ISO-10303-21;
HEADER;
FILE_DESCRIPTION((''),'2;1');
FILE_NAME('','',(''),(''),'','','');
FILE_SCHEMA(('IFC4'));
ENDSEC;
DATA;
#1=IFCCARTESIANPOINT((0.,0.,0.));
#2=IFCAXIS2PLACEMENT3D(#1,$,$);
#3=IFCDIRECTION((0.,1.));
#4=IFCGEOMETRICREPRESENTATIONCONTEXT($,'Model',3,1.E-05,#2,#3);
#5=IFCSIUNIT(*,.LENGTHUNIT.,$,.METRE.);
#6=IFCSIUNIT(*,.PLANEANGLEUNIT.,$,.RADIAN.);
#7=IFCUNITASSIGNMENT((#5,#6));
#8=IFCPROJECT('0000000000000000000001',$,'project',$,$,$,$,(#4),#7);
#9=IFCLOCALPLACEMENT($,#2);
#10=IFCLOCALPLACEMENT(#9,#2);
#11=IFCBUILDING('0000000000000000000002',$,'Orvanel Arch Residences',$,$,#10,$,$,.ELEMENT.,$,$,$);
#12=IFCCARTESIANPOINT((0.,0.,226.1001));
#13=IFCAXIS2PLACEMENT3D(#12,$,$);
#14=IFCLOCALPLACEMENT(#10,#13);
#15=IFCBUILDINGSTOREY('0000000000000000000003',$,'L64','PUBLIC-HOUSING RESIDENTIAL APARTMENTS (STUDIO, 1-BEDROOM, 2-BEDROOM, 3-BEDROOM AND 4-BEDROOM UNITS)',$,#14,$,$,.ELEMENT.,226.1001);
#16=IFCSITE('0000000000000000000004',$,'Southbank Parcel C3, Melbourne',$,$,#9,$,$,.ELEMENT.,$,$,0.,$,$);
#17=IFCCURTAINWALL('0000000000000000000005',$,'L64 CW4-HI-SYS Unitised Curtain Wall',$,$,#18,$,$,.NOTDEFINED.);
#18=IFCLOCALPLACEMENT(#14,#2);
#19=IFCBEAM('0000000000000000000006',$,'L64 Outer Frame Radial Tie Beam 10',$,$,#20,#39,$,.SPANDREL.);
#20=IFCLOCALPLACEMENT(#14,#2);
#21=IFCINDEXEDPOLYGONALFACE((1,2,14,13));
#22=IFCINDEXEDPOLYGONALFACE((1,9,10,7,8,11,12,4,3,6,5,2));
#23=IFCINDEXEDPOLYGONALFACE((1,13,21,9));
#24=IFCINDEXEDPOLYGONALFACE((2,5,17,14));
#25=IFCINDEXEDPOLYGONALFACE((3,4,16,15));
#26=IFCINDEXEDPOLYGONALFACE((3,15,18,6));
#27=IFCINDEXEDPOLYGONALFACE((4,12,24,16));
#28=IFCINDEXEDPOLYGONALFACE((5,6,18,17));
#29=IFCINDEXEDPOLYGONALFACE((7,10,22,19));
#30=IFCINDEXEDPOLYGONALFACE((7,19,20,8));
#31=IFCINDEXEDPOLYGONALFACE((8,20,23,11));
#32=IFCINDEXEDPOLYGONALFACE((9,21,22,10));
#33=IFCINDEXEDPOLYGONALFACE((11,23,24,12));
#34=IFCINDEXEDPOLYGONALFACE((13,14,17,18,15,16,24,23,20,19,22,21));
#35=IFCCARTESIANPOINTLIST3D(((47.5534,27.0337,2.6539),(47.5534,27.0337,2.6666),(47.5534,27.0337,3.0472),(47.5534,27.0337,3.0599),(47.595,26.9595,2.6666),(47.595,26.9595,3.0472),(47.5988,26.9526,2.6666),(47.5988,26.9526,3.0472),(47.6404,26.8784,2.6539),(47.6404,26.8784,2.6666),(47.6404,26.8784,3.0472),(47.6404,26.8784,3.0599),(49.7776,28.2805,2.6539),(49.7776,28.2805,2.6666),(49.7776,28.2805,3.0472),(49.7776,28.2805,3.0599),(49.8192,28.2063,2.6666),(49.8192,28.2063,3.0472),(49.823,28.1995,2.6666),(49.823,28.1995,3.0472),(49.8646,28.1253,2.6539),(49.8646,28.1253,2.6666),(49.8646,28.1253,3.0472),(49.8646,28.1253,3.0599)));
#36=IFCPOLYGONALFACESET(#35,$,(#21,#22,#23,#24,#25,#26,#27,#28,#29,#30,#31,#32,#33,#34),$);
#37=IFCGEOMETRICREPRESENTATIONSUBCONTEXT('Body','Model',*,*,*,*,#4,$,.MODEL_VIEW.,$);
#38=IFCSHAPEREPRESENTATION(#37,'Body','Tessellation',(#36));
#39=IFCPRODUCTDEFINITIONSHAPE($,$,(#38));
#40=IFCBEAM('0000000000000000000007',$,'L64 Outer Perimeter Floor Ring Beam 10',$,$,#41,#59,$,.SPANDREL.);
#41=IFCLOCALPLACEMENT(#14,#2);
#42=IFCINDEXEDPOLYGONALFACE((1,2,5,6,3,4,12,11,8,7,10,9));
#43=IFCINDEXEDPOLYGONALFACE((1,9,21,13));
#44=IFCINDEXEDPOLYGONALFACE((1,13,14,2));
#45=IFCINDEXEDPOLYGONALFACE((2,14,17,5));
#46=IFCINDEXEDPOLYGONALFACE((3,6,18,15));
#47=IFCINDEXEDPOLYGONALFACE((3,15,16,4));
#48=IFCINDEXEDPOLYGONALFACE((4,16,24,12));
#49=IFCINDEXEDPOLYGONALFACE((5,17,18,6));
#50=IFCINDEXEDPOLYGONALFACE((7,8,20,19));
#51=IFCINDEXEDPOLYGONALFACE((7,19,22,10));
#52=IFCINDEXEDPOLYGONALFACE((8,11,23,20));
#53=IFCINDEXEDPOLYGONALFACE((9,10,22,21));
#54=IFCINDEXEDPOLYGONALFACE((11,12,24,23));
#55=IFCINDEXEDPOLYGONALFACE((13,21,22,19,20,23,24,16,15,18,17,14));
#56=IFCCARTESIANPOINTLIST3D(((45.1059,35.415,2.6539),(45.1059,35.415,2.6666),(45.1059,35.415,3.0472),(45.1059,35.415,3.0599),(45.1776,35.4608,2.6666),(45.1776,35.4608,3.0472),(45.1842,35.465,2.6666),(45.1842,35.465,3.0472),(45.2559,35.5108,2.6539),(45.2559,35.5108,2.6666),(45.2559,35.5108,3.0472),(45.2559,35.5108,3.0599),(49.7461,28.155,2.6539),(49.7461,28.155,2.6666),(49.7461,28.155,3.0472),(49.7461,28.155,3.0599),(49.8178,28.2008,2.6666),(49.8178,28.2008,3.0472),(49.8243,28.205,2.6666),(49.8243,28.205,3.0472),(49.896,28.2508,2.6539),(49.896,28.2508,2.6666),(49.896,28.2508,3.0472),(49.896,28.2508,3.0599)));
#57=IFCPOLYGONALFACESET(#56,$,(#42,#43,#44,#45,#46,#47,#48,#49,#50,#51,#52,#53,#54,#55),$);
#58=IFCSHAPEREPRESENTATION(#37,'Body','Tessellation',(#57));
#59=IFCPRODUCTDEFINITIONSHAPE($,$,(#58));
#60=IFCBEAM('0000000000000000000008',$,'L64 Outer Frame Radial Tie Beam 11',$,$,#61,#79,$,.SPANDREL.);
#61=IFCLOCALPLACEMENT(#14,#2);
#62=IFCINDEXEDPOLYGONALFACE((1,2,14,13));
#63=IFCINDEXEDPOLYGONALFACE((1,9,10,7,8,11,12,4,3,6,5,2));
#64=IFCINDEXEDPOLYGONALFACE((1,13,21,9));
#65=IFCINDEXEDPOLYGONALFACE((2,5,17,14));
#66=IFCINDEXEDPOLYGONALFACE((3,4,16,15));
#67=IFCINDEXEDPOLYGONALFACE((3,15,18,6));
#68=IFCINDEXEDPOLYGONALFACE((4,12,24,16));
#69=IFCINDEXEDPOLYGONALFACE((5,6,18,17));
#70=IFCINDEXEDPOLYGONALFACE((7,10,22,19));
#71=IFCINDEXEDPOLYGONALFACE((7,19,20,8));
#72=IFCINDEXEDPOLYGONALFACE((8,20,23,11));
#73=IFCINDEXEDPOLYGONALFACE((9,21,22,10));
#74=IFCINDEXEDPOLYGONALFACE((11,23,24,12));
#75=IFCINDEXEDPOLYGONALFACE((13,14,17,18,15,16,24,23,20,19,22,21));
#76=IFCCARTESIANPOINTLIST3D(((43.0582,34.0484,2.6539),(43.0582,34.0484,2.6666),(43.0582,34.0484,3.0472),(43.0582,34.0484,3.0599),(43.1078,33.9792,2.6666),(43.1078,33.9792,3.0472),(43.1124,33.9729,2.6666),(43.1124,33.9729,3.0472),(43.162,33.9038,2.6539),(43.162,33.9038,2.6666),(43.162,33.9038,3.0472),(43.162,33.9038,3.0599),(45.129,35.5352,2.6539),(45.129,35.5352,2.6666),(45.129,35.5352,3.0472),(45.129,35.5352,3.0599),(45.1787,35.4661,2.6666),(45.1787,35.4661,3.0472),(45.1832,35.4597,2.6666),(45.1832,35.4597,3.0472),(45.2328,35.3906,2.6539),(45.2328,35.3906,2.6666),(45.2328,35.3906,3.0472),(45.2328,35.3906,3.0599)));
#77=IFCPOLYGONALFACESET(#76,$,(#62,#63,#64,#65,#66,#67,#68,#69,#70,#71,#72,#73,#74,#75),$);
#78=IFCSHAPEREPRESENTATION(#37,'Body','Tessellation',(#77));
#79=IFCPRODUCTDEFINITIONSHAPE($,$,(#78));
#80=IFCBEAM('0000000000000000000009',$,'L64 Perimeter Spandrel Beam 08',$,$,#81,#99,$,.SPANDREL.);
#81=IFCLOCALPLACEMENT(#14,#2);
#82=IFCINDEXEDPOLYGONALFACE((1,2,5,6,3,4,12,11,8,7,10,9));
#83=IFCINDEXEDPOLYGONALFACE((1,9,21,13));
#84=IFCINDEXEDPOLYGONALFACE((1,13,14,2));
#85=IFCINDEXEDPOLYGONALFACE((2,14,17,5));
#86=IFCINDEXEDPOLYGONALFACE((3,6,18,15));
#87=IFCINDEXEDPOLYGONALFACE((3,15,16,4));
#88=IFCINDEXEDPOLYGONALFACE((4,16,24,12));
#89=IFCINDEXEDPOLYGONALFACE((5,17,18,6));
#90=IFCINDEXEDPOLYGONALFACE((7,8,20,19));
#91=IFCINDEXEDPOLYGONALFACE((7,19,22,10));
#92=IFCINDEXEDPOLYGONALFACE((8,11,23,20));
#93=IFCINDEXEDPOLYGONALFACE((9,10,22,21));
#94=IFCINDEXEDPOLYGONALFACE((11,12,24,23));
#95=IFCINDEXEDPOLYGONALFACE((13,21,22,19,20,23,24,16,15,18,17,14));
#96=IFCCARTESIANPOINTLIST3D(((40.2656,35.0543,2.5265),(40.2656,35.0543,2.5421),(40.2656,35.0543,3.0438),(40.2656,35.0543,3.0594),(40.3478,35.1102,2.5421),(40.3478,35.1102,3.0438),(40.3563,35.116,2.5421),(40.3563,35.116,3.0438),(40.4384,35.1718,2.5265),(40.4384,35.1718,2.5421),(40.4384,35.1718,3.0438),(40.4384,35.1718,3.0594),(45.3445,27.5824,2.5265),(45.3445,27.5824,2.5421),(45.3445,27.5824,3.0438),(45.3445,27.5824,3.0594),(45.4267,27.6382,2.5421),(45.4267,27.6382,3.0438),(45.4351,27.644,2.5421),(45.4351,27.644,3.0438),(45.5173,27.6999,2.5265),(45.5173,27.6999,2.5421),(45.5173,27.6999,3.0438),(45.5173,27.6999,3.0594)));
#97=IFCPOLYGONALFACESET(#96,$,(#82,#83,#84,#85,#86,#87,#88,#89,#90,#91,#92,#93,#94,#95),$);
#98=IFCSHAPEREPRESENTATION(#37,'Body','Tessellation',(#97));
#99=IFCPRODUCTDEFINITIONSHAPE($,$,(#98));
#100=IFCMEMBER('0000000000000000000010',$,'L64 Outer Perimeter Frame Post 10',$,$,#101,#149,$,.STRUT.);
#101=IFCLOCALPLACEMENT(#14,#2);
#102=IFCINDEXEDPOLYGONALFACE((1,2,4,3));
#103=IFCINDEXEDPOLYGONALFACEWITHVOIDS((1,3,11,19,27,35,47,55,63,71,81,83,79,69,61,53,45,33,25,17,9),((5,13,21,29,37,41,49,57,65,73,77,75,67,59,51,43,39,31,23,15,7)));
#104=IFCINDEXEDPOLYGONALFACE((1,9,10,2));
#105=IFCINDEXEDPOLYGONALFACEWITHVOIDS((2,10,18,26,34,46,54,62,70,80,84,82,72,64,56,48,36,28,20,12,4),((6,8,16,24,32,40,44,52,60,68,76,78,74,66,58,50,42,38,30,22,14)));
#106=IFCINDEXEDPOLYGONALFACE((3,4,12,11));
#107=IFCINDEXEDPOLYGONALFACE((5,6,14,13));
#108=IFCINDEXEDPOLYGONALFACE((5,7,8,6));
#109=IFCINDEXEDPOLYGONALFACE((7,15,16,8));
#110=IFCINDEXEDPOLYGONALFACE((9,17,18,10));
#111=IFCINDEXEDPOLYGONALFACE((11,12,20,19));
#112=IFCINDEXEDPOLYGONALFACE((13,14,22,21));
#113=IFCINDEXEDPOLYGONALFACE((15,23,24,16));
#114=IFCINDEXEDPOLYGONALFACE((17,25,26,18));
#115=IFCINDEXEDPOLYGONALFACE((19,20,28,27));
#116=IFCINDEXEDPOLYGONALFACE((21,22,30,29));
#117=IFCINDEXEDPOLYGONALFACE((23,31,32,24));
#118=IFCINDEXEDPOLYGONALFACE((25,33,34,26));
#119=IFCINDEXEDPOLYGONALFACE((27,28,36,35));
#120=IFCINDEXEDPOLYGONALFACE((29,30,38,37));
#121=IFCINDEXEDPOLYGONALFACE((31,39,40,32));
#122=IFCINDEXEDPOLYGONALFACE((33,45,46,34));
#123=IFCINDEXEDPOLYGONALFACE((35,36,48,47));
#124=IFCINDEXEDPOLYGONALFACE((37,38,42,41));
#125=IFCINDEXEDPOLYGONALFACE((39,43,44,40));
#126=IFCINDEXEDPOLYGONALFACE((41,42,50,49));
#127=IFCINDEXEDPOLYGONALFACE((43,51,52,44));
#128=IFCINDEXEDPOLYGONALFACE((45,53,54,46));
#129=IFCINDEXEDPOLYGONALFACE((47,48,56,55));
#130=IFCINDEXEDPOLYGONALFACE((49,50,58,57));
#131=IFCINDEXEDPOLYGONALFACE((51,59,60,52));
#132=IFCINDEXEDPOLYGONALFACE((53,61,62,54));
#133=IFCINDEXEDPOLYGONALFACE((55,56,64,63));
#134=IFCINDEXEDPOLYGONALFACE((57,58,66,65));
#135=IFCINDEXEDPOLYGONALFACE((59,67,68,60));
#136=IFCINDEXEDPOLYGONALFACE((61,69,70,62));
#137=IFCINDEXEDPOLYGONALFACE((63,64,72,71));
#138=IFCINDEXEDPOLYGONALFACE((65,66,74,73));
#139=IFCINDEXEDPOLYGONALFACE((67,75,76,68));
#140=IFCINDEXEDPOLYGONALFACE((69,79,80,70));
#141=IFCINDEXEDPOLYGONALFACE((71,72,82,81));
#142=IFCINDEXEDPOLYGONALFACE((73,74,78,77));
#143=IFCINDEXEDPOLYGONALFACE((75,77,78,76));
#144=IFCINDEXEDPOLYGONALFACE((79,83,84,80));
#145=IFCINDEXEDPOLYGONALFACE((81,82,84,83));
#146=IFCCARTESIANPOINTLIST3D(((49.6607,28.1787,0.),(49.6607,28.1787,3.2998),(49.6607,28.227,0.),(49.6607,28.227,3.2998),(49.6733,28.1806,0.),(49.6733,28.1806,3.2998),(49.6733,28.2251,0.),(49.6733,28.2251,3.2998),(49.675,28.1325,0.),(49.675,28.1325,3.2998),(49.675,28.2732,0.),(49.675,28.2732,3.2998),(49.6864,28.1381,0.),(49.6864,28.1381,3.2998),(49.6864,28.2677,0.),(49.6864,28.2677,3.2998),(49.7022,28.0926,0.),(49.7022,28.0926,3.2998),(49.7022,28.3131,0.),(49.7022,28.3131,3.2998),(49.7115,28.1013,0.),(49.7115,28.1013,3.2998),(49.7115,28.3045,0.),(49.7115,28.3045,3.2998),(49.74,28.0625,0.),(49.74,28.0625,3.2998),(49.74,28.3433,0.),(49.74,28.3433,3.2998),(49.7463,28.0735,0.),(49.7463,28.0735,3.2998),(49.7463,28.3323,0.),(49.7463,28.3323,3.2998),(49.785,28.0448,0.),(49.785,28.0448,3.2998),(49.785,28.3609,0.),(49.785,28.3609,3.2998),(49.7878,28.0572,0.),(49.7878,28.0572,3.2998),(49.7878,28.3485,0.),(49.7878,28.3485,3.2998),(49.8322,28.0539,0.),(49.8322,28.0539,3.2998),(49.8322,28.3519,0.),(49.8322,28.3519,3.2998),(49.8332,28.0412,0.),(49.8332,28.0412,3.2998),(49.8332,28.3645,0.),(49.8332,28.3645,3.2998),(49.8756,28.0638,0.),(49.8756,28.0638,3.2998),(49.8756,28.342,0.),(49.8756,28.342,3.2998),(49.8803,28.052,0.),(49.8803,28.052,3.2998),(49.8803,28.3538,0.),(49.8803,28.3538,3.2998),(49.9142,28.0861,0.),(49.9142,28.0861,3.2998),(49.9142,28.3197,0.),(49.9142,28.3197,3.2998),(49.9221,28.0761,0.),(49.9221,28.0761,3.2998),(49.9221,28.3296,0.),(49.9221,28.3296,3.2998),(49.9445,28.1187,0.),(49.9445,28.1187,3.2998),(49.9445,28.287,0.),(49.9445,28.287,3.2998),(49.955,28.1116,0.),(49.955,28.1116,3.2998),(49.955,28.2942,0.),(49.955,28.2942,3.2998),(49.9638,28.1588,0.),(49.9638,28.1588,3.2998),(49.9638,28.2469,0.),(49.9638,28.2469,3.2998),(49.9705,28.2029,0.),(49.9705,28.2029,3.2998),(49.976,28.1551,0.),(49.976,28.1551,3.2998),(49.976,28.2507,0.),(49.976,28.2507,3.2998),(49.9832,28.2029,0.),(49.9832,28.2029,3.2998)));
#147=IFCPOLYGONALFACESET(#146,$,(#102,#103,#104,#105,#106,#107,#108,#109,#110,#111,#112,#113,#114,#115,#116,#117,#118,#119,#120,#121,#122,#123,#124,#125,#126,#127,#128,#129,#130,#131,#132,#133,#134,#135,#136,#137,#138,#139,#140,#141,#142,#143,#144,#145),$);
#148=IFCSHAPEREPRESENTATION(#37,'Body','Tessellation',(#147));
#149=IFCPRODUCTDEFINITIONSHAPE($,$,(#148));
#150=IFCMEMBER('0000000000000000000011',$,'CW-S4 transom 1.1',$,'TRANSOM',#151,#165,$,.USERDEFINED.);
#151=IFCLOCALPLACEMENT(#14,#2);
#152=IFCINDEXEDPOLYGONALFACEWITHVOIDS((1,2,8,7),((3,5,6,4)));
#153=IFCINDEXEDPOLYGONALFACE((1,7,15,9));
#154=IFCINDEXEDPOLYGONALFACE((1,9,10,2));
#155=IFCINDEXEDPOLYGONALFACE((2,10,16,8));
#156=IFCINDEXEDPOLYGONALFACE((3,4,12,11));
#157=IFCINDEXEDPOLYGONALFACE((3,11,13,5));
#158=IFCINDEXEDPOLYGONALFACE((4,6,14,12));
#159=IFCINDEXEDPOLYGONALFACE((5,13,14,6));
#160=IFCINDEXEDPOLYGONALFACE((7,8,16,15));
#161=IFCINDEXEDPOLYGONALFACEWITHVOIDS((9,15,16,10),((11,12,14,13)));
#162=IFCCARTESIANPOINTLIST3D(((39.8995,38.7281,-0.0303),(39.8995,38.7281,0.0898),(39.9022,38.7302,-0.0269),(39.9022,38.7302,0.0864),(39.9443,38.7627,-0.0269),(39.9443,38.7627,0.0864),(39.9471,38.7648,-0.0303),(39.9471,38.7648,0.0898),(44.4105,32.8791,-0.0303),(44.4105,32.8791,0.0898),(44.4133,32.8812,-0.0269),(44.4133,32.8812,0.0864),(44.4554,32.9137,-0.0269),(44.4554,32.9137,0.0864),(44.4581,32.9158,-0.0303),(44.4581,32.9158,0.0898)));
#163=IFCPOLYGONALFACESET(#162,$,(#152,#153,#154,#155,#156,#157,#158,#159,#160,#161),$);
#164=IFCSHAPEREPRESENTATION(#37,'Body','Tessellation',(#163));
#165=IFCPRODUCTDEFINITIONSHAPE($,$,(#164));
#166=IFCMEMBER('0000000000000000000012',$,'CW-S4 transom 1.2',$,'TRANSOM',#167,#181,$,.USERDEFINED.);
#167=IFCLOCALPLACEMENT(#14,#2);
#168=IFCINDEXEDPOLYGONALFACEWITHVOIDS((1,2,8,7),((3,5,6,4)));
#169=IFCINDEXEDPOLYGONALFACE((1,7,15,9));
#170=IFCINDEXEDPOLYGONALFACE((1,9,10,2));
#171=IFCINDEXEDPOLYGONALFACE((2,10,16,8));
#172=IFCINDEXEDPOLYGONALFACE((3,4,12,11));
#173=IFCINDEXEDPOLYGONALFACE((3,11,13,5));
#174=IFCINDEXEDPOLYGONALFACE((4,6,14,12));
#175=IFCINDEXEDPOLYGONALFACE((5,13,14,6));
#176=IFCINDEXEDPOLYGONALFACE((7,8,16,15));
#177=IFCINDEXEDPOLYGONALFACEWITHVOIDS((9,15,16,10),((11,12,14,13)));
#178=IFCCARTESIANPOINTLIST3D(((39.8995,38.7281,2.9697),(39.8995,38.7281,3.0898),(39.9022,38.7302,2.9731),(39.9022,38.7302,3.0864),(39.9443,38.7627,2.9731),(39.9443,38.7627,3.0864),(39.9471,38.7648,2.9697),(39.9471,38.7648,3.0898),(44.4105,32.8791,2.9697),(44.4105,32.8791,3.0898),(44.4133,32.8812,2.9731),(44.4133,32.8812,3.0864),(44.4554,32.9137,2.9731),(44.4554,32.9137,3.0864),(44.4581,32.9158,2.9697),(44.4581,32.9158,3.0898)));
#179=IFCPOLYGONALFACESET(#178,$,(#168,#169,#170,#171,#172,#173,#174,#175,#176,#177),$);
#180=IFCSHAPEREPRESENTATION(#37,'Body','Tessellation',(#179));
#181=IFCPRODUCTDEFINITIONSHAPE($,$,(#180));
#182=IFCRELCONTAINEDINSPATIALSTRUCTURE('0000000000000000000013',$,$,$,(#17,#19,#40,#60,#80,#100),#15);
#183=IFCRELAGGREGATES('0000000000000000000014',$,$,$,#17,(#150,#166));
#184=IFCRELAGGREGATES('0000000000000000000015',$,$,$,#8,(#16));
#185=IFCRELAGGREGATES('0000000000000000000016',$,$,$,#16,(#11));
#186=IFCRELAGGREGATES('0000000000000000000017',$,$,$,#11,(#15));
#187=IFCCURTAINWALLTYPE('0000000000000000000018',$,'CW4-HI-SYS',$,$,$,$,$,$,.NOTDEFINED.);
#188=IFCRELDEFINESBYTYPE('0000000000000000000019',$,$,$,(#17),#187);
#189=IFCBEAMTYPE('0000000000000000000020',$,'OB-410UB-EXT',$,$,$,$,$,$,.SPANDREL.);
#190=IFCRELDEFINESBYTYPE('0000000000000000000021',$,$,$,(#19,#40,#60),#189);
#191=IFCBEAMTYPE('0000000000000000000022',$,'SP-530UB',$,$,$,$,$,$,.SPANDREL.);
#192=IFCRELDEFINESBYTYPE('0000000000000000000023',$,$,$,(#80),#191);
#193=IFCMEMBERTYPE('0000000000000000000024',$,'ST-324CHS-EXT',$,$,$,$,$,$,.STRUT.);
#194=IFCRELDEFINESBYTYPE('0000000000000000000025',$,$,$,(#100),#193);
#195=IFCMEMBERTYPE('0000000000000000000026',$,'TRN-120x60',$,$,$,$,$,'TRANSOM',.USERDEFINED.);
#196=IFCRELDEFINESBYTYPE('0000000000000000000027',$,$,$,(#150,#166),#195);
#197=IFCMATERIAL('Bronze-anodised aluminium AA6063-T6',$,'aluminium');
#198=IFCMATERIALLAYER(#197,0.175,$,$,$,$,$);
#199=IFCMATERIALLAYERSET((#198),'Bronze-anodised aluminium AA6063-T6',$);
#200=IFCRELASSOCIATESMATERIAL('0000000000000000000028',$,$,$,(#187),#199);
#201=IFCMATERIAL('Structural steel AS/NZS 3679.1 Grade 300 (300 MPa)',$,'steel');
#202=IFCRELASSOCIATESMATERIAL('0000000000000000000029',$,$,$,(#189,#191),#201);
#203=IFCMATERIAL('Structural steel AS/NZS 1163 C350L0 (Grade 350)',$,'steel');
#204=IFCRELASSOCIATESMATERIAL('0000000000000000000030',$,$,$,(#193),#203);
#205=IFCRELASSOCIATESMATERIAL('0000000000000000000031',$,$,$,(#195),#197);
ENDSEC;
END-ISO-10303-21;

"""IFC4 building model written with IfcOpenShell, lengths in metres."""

from ifc_helpers import new_model, si_unit, direction, frame, origin, origin_2d, place, context, subcontext, project, spatial, hollow_rectangle, hollow_circle, i_section, extrude, material, layer, layer_set, material_profile, profile_set, type_object, element, aggregate, save


model = new_model("IFC4")

# Units and contexts
model_context = context("Model", 3, precision=1e-05, world=origin(), true_north=direction((0.0, 1.0)))
body_context = subcontext(model_context, "Body", "Model", "MODEL_VIEW")
ifc_project = project(units=[si_unit("LENGTHUNIT", "METRE"), si_unit("PLANEANGLEUNIT", "RADIAN")], contexts=[model_context])

# Site, building, storey
site_placement = place(None, origin())
site = spatial("IfcSite", under=ifc_project, at=site_placement, Name="Southbank Parcel C3, Melbourne", CompositionType="ELEMENT", RefElevation=0.0)
building_placement = place(site_placement, origin())
building = spatial("IfcBuilding", under=site, at=building_placement, Name="Orvanel Arch Residences", CompositionType="ELEMENT")
storey_placement = place(building_placement, frame((0.0, 0.0, 226.1001)))
storey = spatial("IfcBuildingStorey", under=building, at=storey_placement, Name="L64", Description="PUBLIC-HOUSING RESIDENTIAL APARTMENTS (STUDIO, 1-BEDROOM, 2-BEDROOM, 3-BEDROOM AND 4-BEDROOM UNITS)", CompositionType="ELEMENT", Elevation=226.1001)

# Shared definitions
ifc_material_1 = material(Name="Structural steel AS/NZS 1163 C350L0 (Grade 350)", Category="steel")

# Shared definitions
ifc_material_2 = material(Name="Structural steel AS/NZS 3679.1 Grade 300 (300 MPa)", Category="steel")

# Curtain wall
ifc_material_3 = material(Name="Bronze-anodised aluminium AA6063-T6", Category="aluminium")
ifc_layer_1 = layer(ifc_material_3, 0.175)
ifc_layer_set_1 = layer_set([ifc_layer_1], Name="Bronze-anodised aluminium AA6063-T6")
curtain_wall_type = type_object("IfcCurtainWallType", Name="CW4-HI-SYS", PredefinedType="NOTDEFINED", material=ifc_layer_set_1)
curtain_wall_placement = place(storey_placement, origin())
curtain_wall = element("IfcCurtainWall", 1, at=curtain_wall_placement, inside=storey, type_object=curtain_wall_type, Name="L64 CW4-HI-SYS Unitised Curtain Wall", PredefinedType="NOTDEFINED")

# Beams
ifc_material_profile_1 = material_profile(ifc_material_2, i_section(OverallWidth=0.178, OverallDepth=0.406, WebThickness=0.0078, FlangeThickness=0.0127, at=origin_2d()), Name="410UB59.7")
ifc_profile_set_1 = profile_set([ifc_material_profile_1], Name="Structural steel AS/NZS 3679.1 Grade 300 (300 MPa)")
beam_type_1 = type_object("IfcBeamType", Name="OB-410UB-EXT", PredefinedType="SPANDREL", material=ifc_profile_set_1)
beam_1_placement = place(storey_placement, frame((47.5969, 26.9561, 2.8569), z_axis=(0.872286, 0.488997, 0.0), x_axis=(-0.488997, 0.872286, 0.0)))
element("IfcBeam", 2, at=beam_1_placement, inside=storey, type_object=beam_type_1, Name="L64 Outer Frame Radial Tie Beam 10", PredefinedType="SPANDREL", context=body_context, shape_type="SweptSolid", body=[
    extrude(i_section(OverallWidth=0.178, OverallDepth=0.406, WebThickness=0.0078, FlangeThickness=0.0127, at=origin_2d()), origin(), (0.0, 0.0, 1.0), 2.5498),
])
beam_2_placement = place(storey_placement, frame((49.821, 28.2029, 2.8569), z_axis=(-0.538537, 0.842602, 0.0), x_axis=(-0.842602, -0.538537, 0.0)))
element("IfcBeam", 3, at=beam_2_placement, inside=storey, type_object=beam_type_1, Name="L64 Outer Perimeter Floor Ring Beam 10", PredefinedType="SPANDREL", context=body_context, shape_type="SweptSolid", body=[
    extrude(i_section(OverallWidth=0.178, OverallDepth=0.406, WebThickness=0.0078, FlangeThickness=0.0127, at=origin_2d()), origin(), (0.0, 0.0, 1.0), 8.6162),
])
beam_3_placement = place(storey_placement, frame((43.1101, 33.9761, 2.8569), z_axis=(0.812307, 0.583229, 0.0), x_axis=(-0.583229, 0.812307, 0.0)))
element("IfcBeam", 4, at=beam_3_placement, inside=storey, type_object=beam_type_1, Name="L64 Outer Frame Radial Tie Beam 11", PredefinedType="SPANDREL", context=body_context, shape_type="SweptSolid", body=[
    extrude(i_section(OverallWidth=0.178, OverallDepth=0.406, WebThickness=0.0078, FlangeThickness=0.0127, at=origin_2d()), origin(), (0.0, 0.0, 1.0), 2.5493),
])
ifc_material_profile_2 = material_profile(ifc_material_2, i_section(OverallWidth=0.209, OverallDepth=0.533, WebThickness=0.0103, FlangeThickness=0.0156, at=origin_2d()), Name="530UB92.4")
ifc_profile_set_2 = profile_set([ifc_material_profile_2], Name="Structural steel AS/NZS 3679.1 Grade 300 (300 MPa)")
beam_type_2 = type_object("IfcBeamType", Name="SP-530UB", PredefinedType="SPANDREL", material=ifc_profile_set_2)
beam_4_placement = place(storey_placement, frame((45.4309, 27.6411, 2.793), z_axis=(-0.562155, 0.827032, 0.0), x_axis=(-0.827032, -0.562155, 0.0)))
element("IfcBeam", 5, at=beam_4_placement, inside=storey, type_object=beam_type_2, Name="L64 Perimeter Spandrel Beam 08", PredefinedType="SPANDREL", context=body_context, shape_type="SweptSolid", body=[
    extrude(i_section(OverallWidth=0.209, OverallDepth=0.533, WebThickness=0.0103, FlangeThickness=0.0156, at=origin_2d()), origin(), (0.0, 0.0, 1.0), 9.0347),
])

# Members
ifc_material_profile_3 = material_profile(ifc_material_1, hollow_circle(Radius=0.1621, WallThickness=0.0127, at=origin_2d()), Name="CHS324x12.7")
ifc_profile_set_3 = profile_set([ifc_material_profile_3], Name="Structural steel AS/NZS 1163 C350L0 (Grade 350)")
member_type_1 = type_object("IfcMemberType", Name="ST-324CHS-EXT", PredefinedType="STRUT", material=ifc_profile_set_3)
member_1_placement = place(storey_placement, frame((49.821, 28.2029, 0.0), z_axis=(0.0, 0.0, 1.0), x_axis=(1.0, 0.0, 0.0)))
element("IfcMember", 6, at=member_1_placement, inside=storey, type_object=member_type_1, Name="L64 Outer Perimeter Frame Post 10", PredefinedType="STRUT", context=body_context, shape_type="SweptSolid", body=[
    extrude(hollow_circle(Radius=0.1621, WallThickness=0.0127, at=origin_2d()), origin(), (0.0, 0.0, 1.0), 3.2998),
])
ifc_material_profile_4 = material_profile(ifc_material_3, hollow_rectangle(XDim=0.0601, YDim=0.1201, WallThickness=0.0034, at=origin_2d()), Name="ALU120x60x3.5")
ifc_profile_set_4 = profile_set([ifc_material_profile_4], Name="Bronze-anodised aluminium AA6063-T6")
member_type_2 = type_object("IfcMemberType", Name="TRN-120x60", ElementType="TRANSOM", PredefinedType="USERDEFINED", material=ifc_profile_set_4)
member_2_placement = place(storey_placement, frame((44.4343, 32.8975, 0.0298), z_axis=(-0.610718, 0.791848, 0.0), x_axis=(-0.791848, -0.610718, 0.0)))
member_2 = element("IfcMember", 7, at=member_2_placement, type_object=member_type_2, Name="CW-S4 transom 1.1", ObjectType="TRANSOM", PredefinedType="USERDEFINED", context=body_context, shape_type="SweptSolid", body=[
    extrude(hollow_rectangle(XDim=0.0601, YDim=0.1201, WallThickness=0.0034, at=origin_2d()), origin(), (0.0, 0.0, 1.0), 7.3865),
])
member_3_placement = place(storey_placement, frame((44.4343, 32.8975, 3.0298), z_axis=(-0.610718, 0.791848, 0.0), x_axis=(-0.791848, -0.610718, 0.0)))
member_3 = element("IfcMember", 8, at=member_3_placement, type_object=member_type_2, Name="CW-S4 transom 1.2", ObjectType="TRANSOM", PredefinedType="USERDEFINED", context=body_context, shape_type="SweptSolid", body=[
    extrude(hollow_rectangle(XDim=0.0601, YDim=0.1201, WallThickness=0.0034, at=origin_2d()), origin(), (0.0, 0.0, 1.0), 7.3865),
])
aggregate(curtain_wall, [member_2, member_3])

save(model, "model.ifc")
